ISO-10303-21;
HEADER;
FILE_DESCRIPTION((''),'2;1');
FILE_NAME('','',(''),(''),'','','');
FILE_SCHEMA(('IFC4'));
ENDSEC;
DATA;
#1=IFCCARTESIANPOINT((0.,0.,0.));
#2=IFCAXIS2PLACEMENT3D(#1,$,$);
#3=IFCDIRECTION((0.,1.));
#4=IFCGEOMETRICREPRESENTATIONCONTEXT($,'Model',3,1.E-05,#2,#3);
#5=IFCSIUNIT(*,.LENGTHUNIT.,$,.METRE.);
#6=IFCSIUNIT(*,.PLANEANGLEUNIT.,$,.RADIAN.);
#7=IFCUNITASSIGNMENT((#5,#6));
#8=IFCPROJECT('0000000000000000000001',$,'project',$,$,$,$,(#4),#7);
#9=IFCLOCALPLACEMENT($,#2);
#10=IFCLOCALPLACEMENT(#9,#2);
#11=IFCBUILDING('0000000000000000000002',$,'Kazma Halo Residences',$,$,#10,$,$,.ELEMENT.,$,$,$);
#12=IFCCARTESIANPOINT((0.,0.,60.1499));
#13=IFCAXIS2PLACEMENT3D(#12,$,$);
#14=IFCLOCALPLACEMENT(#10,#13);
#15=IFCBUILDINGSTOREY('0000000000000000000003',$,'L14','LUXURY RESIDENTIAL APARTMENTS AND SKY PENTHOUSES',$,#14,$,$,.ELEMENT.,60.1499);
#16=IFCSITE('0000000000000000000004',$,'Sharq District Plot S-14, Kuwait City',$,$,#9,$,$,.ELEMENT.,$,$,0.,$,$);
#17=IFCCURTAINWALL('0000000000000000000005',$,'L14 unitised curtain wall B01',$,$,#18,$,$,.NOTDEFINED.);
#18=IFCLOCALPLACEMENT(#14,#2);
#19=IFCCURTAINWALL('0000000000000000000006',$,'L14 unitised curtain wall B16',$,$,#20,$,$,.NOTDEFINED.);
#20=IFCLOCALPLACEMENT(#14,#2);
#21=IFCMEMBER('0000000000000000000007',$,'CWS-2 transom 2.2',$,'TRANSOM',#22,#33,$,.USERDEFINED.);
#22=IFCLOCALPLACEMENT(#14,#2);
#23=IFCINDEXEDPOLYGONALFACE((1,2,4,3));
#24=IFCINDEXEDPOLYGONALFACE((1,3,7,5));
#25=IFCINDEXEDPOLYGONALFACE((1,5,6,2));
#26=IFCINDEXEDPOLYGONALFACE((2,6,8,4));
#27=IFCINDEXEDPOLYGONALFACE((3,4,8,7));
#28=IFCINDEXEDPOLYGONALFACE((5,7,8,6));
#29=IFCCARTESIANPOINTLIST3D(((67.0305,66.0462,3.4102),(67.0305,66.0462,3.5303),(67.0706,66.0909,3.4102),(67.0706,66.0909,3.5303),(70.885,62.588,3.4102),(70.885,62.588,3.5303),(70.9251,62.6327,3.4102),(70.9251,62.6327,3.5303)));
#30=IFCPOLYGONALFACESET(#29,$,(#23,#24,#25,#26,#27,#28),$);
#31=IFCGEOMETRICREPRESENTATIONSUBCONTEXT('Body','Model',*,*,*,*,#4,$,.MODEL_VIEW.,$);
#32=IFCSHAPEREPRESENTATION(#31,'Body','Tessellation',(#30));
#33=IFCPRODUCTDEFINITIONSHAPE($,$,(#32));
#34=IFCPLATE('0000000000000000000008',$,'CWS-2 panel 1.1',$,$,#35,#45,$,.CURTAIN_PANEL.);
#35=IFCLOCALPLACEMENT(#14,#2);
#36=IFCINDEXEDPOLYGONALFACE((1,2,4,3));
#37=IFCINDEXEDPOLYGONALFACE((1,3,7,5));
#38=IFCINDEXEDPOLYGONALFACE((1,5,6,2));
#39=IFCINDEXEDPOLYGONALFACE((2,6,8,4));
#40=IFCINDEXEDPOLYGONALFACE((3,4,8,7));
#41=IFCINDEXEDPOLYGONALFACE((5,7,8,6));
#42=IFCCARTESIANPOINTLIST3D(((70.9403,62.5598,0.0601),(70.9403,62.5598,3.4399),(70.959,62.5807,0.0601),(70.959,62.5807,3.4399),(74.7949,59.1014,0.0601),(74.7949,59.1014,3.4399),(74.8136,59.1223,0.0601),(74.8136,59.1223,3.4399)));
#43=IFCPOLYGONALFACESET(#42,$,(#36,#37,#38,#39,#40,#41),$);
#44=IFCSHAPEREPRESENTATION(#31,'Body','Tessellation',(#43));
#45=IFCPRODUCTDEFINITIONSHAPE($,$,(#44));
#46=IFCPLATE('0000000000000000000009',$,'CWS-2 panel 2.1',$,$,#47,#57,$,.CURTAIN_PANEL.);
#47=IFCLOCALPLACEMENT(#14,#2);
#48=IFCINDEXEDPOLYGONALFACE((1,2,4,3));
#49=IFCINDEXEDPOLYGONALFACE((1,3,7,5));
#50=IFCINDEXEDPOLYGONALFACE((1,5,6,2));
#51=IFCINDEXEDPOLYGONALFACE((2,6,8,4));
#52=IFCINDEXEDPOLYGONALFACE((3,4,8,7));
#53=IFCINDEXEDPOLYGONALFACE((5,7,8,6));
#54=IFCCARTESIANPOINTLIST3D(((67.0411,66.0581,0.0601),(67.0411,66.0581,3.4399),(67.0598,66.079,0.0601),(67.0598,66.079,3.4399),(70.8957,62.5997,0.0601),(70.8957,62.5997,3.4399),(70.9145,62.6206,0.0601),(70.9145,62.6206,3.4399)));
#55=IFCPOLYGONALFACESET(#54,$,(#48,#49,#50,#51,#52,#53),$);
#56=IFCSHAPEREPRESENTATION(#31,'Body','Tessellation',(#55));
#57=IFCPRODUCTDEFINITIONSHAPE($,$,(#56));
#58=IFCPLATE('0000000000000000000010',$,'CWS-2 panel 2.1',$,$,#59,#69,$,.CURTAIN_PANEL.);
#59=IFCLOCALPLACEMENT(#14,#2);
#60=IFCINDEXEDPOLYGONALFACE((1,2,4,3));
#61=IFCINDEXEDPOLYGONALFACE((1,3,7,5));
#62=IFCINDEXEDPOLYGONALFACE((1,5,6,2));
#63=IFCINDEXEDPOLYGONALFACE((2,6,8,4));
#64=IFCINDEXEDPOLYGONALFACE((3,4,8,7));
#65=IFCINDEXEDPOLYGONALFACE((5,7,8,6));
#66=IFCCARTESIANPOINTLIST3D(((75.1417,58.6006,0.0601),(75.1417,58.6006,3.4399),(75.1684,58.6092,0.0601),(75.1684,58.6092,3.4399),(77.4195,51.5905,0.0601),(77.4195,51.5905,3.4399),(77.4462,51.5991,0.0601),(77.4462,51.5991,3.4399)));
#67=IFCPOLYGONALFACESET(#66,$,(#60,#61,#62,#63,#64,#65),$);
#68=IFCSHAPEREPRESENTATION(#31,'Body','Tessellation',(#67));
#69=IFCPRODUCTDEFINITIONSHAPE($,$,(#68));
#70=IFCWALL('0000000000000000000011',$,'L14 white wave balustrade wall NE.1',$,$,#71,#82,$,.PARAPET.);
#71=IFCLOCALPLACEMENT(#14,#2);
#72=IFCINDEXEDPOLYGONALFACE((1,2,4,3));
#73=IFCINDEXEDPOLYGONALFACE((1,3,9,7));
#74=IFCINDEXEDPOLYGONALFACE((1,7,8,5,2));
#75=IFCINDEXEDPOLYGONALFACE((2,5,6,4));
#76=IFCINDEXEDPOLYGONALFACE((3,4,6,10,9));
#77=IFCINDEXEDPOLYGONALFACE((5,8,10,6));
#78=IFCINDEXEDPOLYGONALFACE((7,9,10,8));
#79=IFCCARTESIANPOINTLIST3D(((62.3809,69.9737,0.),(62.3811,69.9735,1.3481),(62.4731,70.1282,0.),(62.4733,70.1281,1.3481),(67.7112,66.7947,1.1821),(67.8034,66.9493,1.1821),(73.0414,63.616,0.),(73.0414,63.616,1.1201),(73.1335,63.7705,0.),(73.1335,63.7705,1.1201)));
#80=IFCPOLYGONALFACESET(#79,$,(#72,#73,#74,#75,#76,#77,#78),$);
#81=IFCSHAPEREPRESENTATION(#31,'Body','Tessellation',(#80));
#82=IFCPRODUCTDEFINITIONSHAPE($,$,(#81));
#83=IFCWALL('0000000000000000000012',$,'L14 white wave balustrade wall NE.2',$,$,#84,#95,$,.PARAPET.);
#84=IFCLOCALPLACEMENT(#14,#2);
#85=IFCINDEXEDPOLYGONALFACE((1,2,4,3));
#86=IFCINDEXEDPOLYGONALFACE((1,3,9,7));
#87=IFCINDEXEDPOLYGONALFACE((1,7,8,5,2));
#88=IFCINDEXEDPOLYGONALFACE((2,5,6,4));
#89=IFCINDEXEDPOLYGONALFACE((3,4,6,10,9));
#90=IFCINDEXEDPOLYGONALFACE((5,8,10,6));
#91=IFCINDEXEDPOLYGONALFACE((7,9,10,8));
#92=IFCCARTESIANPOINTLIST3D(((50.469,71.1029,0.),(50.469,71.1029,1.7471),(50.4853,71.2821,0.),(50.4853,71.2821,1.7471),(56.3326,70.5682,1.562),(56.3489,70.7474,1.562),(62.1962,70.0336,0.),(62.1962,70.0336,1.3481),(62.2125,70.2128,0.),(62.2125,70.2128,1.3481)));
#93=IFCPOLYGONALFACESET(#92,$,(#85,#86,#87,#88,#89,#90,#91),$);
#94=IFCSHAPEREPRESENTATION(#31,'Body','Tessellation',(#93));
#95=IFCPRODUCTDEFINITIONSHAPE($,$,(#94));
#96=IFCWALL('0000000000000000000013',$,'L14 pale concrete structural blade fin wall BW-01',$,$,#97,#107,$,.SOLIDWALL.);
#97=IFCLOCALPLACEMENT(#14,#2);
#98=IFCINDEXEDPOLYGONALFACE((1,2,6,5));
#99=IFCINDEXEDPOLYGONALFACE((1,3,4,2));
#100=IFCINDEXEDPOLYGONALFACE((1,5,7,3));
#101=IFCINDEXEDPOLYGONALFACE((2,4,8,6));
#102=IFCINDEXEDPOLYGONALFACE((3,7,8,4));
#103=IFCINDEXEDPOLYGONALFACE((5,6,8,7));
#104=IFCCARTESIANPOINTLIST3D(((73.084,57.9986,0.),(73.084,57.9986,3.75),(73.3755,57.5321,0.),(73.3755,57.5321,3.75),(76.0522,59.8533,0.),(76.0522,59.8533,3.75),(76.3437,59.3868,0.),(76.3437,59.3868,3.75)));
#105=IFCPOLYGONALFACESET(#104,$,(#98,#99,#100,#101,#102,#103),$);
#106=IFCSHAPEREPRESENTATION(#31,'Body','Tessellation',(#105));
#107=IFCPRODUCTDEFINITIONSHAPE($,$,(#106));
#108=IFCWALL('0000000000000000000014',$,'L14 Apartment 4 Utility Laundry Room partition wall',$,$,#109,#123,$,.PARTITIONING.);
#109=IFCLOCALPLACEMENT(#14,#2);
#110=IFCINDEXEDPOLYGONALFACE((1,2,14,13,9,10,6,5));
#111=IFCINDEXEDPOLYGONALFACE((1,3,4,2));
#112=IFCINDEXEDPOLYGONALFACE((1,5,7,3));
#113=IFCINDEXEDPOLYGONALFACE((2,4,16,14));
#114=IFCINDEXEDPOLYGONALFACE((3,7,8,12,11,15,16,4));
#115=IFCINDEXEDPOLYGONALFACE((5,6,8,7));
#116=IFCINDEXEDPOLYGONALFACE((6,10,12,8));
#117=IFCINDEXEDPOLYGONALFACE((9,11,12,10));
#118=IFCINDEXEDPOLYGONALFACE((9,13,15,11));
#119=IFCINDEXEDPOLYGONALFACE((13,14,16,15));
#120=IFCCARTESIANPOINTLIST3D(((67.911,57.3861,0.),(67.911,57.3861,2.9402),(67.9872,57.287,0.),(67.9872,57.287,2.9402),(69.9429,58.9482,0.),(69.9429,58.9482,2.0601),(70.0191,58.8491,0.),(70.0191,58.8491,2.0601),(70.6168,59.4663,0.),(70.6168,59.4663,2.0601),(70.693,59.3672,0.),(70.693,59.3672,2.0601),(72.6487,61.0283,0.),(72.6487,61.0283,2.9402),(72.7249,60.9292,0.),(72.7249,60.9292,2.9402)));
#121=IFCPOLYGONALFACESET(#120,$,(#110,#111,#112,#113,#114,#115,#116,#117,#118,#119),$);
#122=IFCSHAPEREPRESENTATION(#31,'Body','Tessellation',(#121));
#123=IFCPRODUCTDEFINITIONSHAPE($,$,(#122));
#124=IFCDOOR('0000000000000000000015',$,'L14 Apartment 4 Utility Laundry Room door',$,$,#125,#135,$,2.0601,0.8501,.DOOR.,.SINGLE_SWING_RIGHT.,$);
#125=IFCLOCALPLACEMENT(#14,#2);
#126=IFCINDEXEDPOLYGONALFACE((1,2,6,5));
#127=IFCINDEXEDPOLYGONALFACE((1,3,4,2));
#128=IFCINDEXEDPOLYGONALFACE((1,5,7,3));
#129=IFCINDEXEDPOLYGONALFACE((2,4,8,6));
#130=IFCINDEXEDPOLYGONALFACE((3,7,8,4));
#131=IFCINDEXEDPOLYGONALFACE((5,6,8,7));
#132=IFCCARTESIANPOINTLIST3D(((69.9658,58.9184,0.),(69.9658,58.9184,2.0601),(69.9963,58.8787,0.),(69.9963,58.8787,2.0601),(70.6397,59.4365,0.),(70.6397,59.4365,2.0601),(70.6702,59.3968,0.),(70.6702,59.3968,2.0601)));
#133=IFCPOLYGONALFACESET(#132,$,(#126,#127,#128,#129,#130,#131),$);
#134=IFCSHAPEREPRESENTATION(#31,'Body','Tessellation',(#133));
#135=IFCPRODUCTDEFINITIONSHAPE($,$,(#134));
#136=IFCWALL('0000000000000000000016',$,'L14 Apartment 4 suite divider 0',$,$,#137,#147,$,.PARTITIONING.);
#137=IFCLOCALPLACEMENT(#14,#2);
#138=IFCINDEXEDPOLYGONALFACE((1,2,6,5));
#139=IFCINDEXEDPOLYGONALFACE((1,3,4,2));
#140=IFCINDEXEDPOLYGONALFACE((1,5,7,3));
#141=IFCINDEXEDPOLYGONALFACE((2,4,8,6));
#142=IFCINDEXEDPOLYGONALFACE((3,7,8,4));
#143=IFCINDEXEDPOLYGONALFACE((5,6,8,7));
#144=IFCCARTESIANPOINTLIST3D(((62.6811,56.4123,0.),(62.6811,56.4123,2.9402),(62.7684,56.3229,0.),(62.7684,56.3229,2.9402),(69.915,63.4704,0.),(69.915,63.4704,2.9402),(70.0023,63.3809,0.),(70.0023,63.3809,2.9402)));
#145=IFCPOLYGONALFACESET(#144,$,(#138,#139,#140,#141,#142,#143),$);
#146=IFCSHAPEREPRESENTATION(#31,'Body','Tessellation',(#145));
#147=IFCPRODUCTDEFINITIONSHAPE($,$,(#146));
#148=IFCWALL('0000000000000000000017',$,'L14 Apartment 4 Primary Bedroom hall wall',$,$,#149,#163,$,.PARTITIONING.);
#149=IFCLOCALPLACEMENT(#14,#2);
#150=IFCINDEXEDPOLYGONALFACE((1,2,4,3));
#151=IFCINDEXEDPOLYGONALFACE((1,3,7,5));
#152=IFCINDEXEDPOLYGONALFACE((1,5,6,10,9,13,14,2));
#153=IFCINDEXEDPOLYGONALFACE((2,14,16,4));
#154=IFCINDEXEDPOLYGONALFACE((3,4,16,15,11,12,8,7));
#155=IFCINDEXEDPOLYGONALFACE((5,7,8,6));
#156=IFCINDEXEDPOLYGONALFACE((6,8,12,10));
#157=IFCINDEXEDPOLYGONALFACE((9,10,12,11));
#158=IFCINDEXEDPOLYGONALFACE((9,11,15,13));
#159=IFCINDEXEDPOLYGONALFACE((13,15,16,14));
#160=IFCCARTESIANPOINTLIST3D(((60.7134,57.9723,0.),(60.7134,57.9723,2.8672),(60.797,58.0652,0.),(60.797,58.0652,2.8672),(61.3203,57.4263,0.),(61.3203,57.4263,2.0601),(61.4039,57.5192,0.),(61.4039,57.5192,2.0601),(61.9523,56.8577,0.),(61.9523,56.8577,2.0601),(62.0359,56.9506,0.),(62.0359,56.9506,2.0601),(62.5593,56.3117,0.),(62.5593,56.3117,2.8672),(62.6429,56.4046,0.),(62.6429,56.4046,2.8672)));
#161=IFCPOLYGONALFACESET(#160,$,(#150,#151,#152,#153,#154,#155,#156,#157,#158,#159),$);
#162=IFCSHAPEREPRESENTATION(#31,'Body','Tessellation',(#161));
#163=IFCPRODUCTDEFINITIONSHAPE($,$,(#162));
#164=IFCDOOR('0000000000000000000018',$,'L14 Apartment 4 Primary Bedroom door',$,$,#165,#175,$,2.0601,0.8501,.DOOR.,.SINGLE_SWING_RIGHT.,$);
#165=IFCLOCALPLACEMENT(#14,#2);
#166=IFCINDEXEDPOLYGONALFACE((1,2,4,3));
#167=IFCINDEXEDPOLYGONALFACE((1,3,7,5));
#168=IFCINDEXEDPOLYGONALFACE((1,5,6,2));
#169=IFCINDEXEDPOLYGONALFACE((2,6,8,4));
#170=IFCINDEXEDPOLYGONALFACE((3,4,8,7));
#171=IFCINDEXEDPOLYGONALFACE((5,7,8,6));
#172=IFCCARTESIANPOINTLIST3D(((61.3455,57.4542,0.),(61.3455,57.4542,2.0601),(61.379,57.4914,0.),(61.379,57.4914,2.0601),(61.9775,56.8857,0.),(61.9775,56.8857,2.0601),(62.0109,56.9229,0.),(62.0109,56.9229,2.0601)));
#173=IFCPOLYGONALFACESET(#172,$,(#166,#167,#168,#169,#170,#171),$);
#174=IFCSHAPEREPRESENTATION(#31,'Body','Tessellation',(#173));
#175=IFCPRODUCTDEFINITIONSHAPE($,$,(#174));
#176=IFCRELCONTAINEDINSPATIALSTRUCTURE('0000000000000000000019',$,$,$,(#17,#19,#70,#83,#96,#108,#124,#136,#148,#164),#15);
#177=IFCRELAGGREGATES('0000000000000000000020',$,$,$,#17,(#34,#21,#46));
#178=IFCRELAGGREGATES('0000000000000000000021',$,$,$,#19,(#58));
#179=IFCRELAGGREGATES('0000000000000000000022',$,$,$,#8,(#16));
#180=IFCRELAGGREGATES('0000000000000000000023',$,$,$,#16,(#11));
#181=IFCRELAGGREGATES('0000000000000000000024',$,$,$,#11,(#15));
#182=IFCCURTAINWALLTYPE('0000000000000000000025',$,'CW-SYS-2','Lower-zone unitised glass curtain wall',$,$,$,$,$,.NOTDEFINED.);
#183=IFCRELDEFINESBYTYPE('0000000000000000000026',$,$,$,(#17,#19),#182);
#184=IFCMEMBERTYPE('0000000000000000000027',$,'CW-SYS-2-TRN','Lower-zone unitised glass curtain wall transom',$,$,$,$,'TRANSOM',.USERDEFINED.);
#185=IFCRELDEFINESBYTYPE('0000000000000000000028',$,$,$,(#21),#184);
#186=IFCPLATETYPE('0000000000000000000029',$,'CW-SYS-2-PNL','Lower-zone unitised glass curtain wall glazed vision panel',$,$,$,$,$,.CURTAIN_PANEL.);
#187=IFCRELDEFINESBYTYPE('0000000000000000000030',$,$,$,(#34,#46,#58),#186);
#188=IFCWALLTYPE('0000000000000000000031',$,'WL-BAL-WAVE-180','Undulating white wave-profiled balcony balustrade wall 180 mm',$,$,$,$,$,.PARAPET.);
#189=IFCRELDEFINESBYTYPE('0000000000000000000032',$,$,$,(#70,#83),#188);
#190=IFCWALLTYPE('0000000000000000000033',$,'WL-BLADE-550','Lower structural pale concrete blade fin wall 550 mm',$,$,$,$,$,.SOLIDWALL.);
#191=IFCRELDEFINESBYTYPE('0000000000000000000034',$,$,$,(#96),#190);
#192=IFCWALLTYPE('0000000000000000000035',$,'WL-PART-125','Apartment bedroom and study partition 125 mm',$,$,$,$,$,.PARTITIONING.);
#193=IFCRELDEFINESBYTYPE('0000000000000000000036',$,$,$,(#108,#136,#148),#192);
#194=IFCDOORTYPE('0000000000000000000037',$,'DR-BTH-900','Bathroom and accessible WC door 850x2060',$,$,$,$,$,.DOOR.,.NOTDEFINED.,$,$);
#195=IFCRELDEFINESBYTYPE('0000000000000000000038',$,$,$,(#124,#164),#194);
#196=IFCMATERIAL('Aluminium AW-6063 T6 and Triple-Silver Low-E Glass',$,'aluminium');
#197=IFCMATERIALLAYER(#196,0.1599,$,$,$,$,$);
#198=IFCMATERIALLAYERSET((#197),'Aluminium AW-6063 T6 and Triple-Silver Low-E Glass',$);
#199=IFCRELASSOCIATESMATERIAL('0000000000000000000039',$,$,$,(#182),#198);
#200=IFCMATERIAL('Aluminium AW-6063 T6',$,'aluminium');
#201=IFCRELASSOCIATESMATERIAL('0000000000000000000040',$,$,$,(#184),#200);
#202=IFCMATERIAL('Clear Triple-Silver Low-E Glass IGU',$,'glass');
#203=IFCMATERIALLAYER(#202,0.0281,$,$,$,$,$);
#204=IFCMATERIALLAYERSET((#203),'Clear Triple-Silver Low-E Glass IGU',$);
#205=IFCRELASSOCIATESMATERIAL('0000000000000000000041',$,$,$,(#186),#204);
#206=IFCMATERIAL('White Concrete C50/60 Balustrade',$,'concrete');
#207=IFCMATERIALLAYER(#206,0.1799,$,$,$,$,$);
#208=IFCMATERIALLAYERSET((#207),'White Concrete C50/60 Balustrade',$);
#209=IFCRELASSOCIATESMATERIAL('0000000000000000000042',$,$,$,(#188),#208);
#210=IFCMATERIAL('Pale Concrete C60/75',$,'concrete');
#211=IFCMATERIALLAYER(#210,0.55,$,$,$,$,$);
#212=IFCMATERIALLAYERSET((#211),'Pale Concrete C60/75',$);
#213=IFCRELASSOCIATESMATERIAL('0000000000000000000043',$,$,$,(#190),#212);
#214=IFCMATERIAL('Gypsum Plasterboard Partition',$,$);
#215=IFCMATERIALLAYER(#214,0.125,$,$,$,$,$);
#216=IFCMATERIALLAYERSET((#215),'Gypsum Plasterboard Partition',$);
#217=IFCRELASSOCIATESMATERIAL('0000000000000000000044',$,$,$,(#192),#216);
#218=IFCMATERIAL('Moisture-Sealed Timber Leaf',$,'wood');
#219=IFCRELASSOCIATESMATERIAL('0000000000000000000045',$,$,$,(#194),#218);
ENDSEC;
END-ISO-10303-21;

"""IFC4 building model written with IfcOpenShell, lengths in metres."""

from ifc_helpers import new_model, si_unit, direction, frame, frame_2d, origin, origin_2d, place, context, subcontext, project, spatial, polyline, rectangle, outline, extrude, material, layer, layer_set, material_profile, profile_set, type_object, element, fill, aggregate, save


model = new_model("IFC4")

# Units and contexts
model_context = context("Model", 3, precision=1e-05, world=origin(), true_north=direction((0.0, 1.0)))
body_context = subcontext(model_context, "Body", "Model", "MODEL_VIEW")
ifc_project = project(units=[si_unit("LENGTHUNIT", "METRE"), si_unit("PLANEANGLEUNIT", "RADIAN")], contexts=[model_context])

# Site, building, storey
site_placement = place(None, origin())
site = spatial("IfcSite", under=ifc_project, at=site_placement, Name="Sharq District Plot S-14, Kuwait City", CompositionType="ELEMENT", RefElevation=0.0)
building_placement = place(site_placement, origin())
building = spatial("IfcBuilding", under=site, at=building_placement, Name="Kazma Halo Residences", CompositionType="ELEMENT")
storey_placement = place(building_placement, frame((0.0, 0.0, 60.1499)))
storey = spatial("IfcBuildingStorey", under=building, at=storey_placement, Name="L14", Description="LUXURY RESIDENTIAL APARTMENTS AND SKY PENTHOUSES", CompositionType="ELEMENT", Elevation=60.1499)

# Curtain wall
ifc_material_1 = material(Name="Aluminium AW-6063 T6 and Triple-Silver Low-E Glass", Category="aluminium")
ifc_layer_1 = layer(ifc_material_1, 0.1599)
ifc_layer_set_1 = layer_set([ifc_layer_1], Name="Aluminium AW-6063 T6 and Triple-Silver Low-E Glass")
curtain_wall_type = type_object("IfcCurtainWallType", Name="CW-SYS-2", Description="Lower-zone unitised glass curtain wall", PredefinedType="NOTDEFINED", material=ifc_layer_set_1)
curtain_wall_1_placement = place(storey_placement, origin())
curtain_wall_1 = element("IfcCurtainWall", 1, at=curtain_wall_1_placement, inside=storey, type_object=curtain_wall_type, Name="L14 unitised curtain wall B01", PredefinedType="NOTDEFINED")
ifc_material_2 = material(Name="Aluminium AW-6063 T6", Category="aluminium")

# Curtain wall
curtain_wall_2_placement = place(storey_placement, origin())
curtain_wall_2 = element("IfcCurtainWall", 2, at=curtain_wall_2_placement, inside=storey, type_object=curtain_wall_type, Name="L14 unitised curtain wall B16", PredefinedType="NOTDEFINED")

# Member
ifc_material_profile_1 = material_profile(ifc_material_2, rectangle(XDim=0.0601, YDim=0.1201, at=origin_2d()), Name="CWT-60x120")
ifc_profile_set_1 = profile_set([ifc_material_profile_1], Name="Aluminium AW-6063 T6")
member_type_1 = type_object("IfcMemberType", Name="CW-SYS-2-TRN", Description="Lower-zone unitised glass curtain wall transom", ElementType="TRANSOM", PredefinedType="USERDEFINED", material=ifc_profile_set_1)
member_1_placement = place(storey_placement, frame((70.905, 62.6104, 3.4702), z_axis=(-0.744329, 0.667813, 0.0), x_axis=(-0.667813, -0.744329, 0.0)))
member_1 = element("IfcMember", 3, at=member_1_placement, type_object=member_type_1, Name="CWS-2 transom 2.2", ObjectType="TRANSOM", PredefinedType="USERDEFINED", context=body_context, shape_type="SweptSolid", body=[
    extrude(rectangle(XDim=0.0601, YDim=0.1201, at=origin_2d()), origin(), (0.0, 0.0, 1.0), 5.1785),
])

# Plates
ifc_material_3 = material(Name="Clear Triple-Silver Low-E Glass IGU", Category="glass")
ifc_layer_2 = layer(ifc_material_3, 0.0281)
ifc_layer_set_2 = layer_set([ifc_layer_2], Name="Clear Triple-Silver Low-E Glass IGU")
plate_type = type_object("IfcPlateType", Name="CW-SYS-2-PNL", Description="Lower-zone unitised glass curtain wall glazed vision panel", PredefinedType="CURTAIN_PANEL", material=ifc_layer_set_2)
plate_1_placement = place(storey_placement, frame((72.877, 60.8411, 0.0601), z_axis=(0.0, 0.0, 1.0), x_axis=(-0.744322, 0.667821, 0.0)))
plate_1 = element("IfcPlate", 4, at=plate_1_placement, type_object=plate_type, Name="CWS-2 panel 1.1", PredefinedType="CURTAIN_PANEL", context=body_context, shape_type="SweptSolid", body=[
    extrude(rectangle(XDim=5.1787, YDim=0.0281, at=origin_2d()), origin(), (0.0, 0.0, 1.0), 3.3799),
])
plate_2_placement = place(storey_placement, frame((68.9778, 64.3394, 0.0601), z_axis=(0.0, 0.0, 1.0), x_axis=(-0.744322, 0.667821, 0.0)))
plate_2 = element("IfcPlate", 5, at=plate_2_placement, type_object=plate_type, Name="CWS-2 panel 2.1", PredefinedType="CURTAIN_PANEL", context=body_context, shape_type="SweptSolid", body=[
    extrude(rectangle(XDim=5.1787, YDim=0.0281, at=origin_2d()), origin(), (0.0, 0.0, 1.0), 3.3799),
])
aggregate(curtain_wall_1, [plate_1, member_1, plate_2])
plate_3_placement = place(storey_placement, frame((76.2939, 55.0999, 0.0601), z_axis=(0.0, 0.0, 1.0), x_axis=(-0.309017, 0.951057, 0.0)))
plate_3 = element("IfcPlate", 6, at=plate_3_placement, type_object=plate_type, Name="CWS-2 panel 2.1", PredefinedType="CURTAIN_PANEL", context=body_context, shape_type="SweptSolid", body=[
    extrude(rectangle(XDim=7.3708, YDim=0.0281, at=origin_2d()), origin(), (0.0, 0.0, 1.0), 3.3799),
])
aggregate(curtain_wall_2, [plate_3])

# Walls
ifc_material_4 = material(Name="White Concrete C50/60 Balustrade", Category="concrete")
ifc_layer_3 = layer(ifc_material_4, 0.1799)
ifc_layer_set_3 = layer_set([ifc_layer_3], Name="White Concrete C50/60 Balustrade")
wall_type_1 = type_object("IfcWallType", Name="WL-BAL-WAVE-180", Description="Undulating white wave-profiled balcony balustrade wall 180 mm", PredefinedType="PARAPET", material=ifc_layer_set_3)
wall_1_placement = place(storey_placement, frame((73.0874, 63.6931, 0.0), z_axis=(0.0, 0.0, 1.0), x_axis=(-0.858861, 0.512209, 0.0)))
element("IfcWall", 7, at=wall_1_placement, inside=storey, type_object=wall_type_1, Name="L14 white wave balustrade wall NE.1", PredefinedType="PARAPET", context=body_context, shape_type="SweptSolid", body=[
    extrude(outline(polyline([(0.0, 0.0), (12.4124, 0.0), (12.4121, 1.3481), (6.2061, 1.1821), (0.0, 1.1201), (0.0, 0.0)])), frame((0.0, 0.0898, 0.0), z_axis=(0.0, -1.0, 0.0), x_axis=(1.0, 0.0, 0.0)), (0.0, 0.0, 1.0), 0.1799),
])
wall_2_placement = place(storey_placement, frame((62.2043, 70.123, 0.0), z_axis=(0.0, 0.0, 1.0), x_axis=(-0.995869, 0.090807, 0.0)))
element("IfcWall", 8, at=wall_2_placement, inside=storey, type_object=wall_type_1, Name="L14 white wave balustrade wall NE.2", PredefinedType="PARAPET", context=body_context, shape_type="SweptSolid", body=[
    extrude(outline(polyline([(0.0, 0.0), (11.7759, 0.0), (11.7759, 1.7471), (5.8879, 1.562), (0.0, 1.3481), (0.0, 0.0)])), frame((0.0, 0.0898, 0.0), z_axis=(0.0, -1.0, 0.0), x_axis=(1.0, 0.0, 0.0)), (0.0, 0.0, 1.0), 0.1799),
])
ifc_material_5 = material(Name="Pale Concrete C60/75", Category="concrete")
ifc_layer_4 = layer(ifc_material_5, 0.55)
ifc_layer_set_4 = layer_set([ifc_layer_4], Name="Pale Concrete C60/75")
wall_type_2 = type_object("IfcWallType", Name="WL-BLADE-550", Description="Lower structural pale concrete blade fin wall 550 mm", PredefinedType="SOLIDWALL", material=ifc_layer_set_4)
wall_3_placement = place(storey_placement, frame((73.2297, 57.7654, 0.0), z_axis=(0.0, 0.0, 1.0), x_axis=(0.848053, 0.529911, 0.0)))
element("IfcWall", 9, at=wall_3_placement, inside=storey, type_object=wall_type_2, Name="L14 pale concrete structural blade fin wall BW-01", PredefinedType="SOLIDWALL", context=body_context, shape_type="SweptSolid", body=[
    extrude(rectangle(XDim=3.5, YDim=0.55, at=frame_2d((1.75, 0.0))), origin(), (0.0, 0.0, 1.0), 3.75),
])

# Wall, opening, door
ifc_material_6 = material(Name="Gypsum Plasterboard Partition")
ifc_layer_5 = layer(ifc_material_6, 0.125)
ifc_layer_set_5 = layer_set([ifc_layer_5], Name="Gypsum Plasterboard Partition")
wall_type_3 = type_object("IfcWallType", Name="WL-PART-125", Description="Apartment bedroom and study partition 125 mm", PredefinedType="PARTITIONING", material=ifc_layer_set_5)
wall_4_placement = place(storey_placement, frame((67.9492, 57.3367, 0.0), z_axis=(0.0, 0.0, 1.0), x_axis=(0.7928, 0.609482, 0.0)))
wall_4 = element("IfcWall", 10, at=wall_4_placement, inside=storey, type_object=wall_type_3, Name="L14 Apartment 4 Utility Laundry Room partition wall", PredefinedType="PARTITIONING", context=body_context, shape_type="SweptSolid", body=[
    extrude(rectangle(XDim=5.9758, YDim=0.125, at=frame_2d((2.9878, 0.0))), origin(), (0.0, 0.0, 1.0), 2.9402),
])
opening_1_placement = place(wall_4_placement, frame((2.5627, 0.0, 0.0)))
opening_1 = element("IfcOpeningElement", 11, at=opening_1_placement, cuts=wall_4, PredefinedType="OPENING", context=body_context, shape_type="SweptSolid", body=[
    extrude(rectangle(XDim=0.8501, YDim=2.0601, at=frame_2d((0.425, 1.03))), frame((0.0, 0.0725, 0.0), z_axis=(0.0, -1.0, 0.0), x_axis=(1.0, 0.0, 0.0)), (0.0, 0.0, 1.0), 0.145),
])
ifc_material_7 = material(Name="Moisture-Sealed Timber Leaf", Category="wood")
door_type_1 = type_object("IfcDoorType", Name="DR-BTH-900", Description="Bathroom and accessible WC door 850x2060", OperationType="NOTDEFINED", PredefinedType="DOOR", material=ifc_material_7)
door_1_placement = place(opening_1_placement, origin())
door_1 = element("IfcDoor", 12, at=door_1_placement, inside=storey, type_object=door_type_1, Name="L14 Apartment 4 Utility Laundry Room door", OperationType="SINGLE_SWING_RIGHT", OverallHeight=2.0601, OverallWidth=0.8501, PredefinedType="DOOR", context=body_context, shape_type="SweptSolid", body=[
    extrude(rectangle(XDim=0.8501, YDim=2.0601, at=frame_2d((0.425, 1.03))), frame((0.0, 0.0249, 0.0), z_axis=(0.0, -1.0, 0.0), x_axis=(1.0, 0.0, 0.0)), (0.0, 0.0, 1.0), 0.05),
])
fill(opening_1, door_1)

# Wall
wall_5_placement = place(storey_placement, frame((62.7249, 56.3677, 0.0), z_axis=(0.0, 0.0, 1.0), x_axis=(0.71575, 0.698357, 0.0)))
element("IfcWall", 13, at=wall_5_placement, inside=storey, type_object=wall_type_3, Name="L14 Apartment 4 suite divider 0", PredefinedType="PARTITIONING", context=body_context, shape_type="SweptSolid", body=[
    extrude(rectangle(XDim=10.1067, YDim=0.125, at=frame_2d((5.0532, 0.0))), origin(), (0.0, 0.0, 1.0), 2.9402),
])

# Wall, opening, door
wall_6_placement = place(storey_placement, frame((62.6011, 56.3582, 0.0), z_axis=(0.0, 0.0, 1.0), x_axis=(-0.743436, 0.668807, 0.0)))
wall_6 = element("IfcWall", 14, at=wall_6_placement, inside=storey, type_object=wall_type_3, Name="L14 Apartment 4 Primary Bedroom hall wall", PredefinedType="PARTITIONING", context=body_context, shape_type="SweptSolid", body=[
    extrude(rectangle(XDim=2.4829, YDim=0.125, at=frame_2d((1.2415, 0.0))), origin(), (0.0, 0.0, 1.0), 2.8672),
])
opening_2_placement = place(wall_6_placement, frame((0.8164, 0.0, 0.0)))
opening_2 = element("IfcOpeningElement", 15, at=opening_2_placement, cuts=wall_6, PredefinedType="OPENING", context=body_context, shape_type="SweptSolid", body=[
    extrude(rectangle(XDim=0.8501, YDim=2.0601, at=frame_2d((0.425, 1.03))), frame((0.0, 0.0725, 0.0), z_axis=(0.0, -1.0, 0.0), x_axis=(1.0, 0.0, 0.0)), (0.0, 0.0, 1.0), 0.145),
])
door_2_placement = place(opening_2_placement, origin())
door_2 = element("IfcDoor", 16, at=door_2_placement, inside=storey, type_object=door_type_1, Name="L14 Apartment 4 Primary Bedroom door", OperationType="SINGLE_SWING_RIGHT", OverallHeight=2.0601, OverallWidth=0.8501, PredefinedType="DOOR", context=body_context, shape_type="SweptSolid", body=[
    extrude(rectangle(XDim=0.8501, YDim=2.0601, at=frame_2d((0.425, 1.03))), frame((0.0, 0.0249, 0.0), z_axis=(0.0, -1.0, 0.0), x_axis=(1.0, 0.0, 0.0)), (0.0, 0.0, 1.0), 0.05),
])
fill(opening_2, door_2)

save(model, "model.ifc")
